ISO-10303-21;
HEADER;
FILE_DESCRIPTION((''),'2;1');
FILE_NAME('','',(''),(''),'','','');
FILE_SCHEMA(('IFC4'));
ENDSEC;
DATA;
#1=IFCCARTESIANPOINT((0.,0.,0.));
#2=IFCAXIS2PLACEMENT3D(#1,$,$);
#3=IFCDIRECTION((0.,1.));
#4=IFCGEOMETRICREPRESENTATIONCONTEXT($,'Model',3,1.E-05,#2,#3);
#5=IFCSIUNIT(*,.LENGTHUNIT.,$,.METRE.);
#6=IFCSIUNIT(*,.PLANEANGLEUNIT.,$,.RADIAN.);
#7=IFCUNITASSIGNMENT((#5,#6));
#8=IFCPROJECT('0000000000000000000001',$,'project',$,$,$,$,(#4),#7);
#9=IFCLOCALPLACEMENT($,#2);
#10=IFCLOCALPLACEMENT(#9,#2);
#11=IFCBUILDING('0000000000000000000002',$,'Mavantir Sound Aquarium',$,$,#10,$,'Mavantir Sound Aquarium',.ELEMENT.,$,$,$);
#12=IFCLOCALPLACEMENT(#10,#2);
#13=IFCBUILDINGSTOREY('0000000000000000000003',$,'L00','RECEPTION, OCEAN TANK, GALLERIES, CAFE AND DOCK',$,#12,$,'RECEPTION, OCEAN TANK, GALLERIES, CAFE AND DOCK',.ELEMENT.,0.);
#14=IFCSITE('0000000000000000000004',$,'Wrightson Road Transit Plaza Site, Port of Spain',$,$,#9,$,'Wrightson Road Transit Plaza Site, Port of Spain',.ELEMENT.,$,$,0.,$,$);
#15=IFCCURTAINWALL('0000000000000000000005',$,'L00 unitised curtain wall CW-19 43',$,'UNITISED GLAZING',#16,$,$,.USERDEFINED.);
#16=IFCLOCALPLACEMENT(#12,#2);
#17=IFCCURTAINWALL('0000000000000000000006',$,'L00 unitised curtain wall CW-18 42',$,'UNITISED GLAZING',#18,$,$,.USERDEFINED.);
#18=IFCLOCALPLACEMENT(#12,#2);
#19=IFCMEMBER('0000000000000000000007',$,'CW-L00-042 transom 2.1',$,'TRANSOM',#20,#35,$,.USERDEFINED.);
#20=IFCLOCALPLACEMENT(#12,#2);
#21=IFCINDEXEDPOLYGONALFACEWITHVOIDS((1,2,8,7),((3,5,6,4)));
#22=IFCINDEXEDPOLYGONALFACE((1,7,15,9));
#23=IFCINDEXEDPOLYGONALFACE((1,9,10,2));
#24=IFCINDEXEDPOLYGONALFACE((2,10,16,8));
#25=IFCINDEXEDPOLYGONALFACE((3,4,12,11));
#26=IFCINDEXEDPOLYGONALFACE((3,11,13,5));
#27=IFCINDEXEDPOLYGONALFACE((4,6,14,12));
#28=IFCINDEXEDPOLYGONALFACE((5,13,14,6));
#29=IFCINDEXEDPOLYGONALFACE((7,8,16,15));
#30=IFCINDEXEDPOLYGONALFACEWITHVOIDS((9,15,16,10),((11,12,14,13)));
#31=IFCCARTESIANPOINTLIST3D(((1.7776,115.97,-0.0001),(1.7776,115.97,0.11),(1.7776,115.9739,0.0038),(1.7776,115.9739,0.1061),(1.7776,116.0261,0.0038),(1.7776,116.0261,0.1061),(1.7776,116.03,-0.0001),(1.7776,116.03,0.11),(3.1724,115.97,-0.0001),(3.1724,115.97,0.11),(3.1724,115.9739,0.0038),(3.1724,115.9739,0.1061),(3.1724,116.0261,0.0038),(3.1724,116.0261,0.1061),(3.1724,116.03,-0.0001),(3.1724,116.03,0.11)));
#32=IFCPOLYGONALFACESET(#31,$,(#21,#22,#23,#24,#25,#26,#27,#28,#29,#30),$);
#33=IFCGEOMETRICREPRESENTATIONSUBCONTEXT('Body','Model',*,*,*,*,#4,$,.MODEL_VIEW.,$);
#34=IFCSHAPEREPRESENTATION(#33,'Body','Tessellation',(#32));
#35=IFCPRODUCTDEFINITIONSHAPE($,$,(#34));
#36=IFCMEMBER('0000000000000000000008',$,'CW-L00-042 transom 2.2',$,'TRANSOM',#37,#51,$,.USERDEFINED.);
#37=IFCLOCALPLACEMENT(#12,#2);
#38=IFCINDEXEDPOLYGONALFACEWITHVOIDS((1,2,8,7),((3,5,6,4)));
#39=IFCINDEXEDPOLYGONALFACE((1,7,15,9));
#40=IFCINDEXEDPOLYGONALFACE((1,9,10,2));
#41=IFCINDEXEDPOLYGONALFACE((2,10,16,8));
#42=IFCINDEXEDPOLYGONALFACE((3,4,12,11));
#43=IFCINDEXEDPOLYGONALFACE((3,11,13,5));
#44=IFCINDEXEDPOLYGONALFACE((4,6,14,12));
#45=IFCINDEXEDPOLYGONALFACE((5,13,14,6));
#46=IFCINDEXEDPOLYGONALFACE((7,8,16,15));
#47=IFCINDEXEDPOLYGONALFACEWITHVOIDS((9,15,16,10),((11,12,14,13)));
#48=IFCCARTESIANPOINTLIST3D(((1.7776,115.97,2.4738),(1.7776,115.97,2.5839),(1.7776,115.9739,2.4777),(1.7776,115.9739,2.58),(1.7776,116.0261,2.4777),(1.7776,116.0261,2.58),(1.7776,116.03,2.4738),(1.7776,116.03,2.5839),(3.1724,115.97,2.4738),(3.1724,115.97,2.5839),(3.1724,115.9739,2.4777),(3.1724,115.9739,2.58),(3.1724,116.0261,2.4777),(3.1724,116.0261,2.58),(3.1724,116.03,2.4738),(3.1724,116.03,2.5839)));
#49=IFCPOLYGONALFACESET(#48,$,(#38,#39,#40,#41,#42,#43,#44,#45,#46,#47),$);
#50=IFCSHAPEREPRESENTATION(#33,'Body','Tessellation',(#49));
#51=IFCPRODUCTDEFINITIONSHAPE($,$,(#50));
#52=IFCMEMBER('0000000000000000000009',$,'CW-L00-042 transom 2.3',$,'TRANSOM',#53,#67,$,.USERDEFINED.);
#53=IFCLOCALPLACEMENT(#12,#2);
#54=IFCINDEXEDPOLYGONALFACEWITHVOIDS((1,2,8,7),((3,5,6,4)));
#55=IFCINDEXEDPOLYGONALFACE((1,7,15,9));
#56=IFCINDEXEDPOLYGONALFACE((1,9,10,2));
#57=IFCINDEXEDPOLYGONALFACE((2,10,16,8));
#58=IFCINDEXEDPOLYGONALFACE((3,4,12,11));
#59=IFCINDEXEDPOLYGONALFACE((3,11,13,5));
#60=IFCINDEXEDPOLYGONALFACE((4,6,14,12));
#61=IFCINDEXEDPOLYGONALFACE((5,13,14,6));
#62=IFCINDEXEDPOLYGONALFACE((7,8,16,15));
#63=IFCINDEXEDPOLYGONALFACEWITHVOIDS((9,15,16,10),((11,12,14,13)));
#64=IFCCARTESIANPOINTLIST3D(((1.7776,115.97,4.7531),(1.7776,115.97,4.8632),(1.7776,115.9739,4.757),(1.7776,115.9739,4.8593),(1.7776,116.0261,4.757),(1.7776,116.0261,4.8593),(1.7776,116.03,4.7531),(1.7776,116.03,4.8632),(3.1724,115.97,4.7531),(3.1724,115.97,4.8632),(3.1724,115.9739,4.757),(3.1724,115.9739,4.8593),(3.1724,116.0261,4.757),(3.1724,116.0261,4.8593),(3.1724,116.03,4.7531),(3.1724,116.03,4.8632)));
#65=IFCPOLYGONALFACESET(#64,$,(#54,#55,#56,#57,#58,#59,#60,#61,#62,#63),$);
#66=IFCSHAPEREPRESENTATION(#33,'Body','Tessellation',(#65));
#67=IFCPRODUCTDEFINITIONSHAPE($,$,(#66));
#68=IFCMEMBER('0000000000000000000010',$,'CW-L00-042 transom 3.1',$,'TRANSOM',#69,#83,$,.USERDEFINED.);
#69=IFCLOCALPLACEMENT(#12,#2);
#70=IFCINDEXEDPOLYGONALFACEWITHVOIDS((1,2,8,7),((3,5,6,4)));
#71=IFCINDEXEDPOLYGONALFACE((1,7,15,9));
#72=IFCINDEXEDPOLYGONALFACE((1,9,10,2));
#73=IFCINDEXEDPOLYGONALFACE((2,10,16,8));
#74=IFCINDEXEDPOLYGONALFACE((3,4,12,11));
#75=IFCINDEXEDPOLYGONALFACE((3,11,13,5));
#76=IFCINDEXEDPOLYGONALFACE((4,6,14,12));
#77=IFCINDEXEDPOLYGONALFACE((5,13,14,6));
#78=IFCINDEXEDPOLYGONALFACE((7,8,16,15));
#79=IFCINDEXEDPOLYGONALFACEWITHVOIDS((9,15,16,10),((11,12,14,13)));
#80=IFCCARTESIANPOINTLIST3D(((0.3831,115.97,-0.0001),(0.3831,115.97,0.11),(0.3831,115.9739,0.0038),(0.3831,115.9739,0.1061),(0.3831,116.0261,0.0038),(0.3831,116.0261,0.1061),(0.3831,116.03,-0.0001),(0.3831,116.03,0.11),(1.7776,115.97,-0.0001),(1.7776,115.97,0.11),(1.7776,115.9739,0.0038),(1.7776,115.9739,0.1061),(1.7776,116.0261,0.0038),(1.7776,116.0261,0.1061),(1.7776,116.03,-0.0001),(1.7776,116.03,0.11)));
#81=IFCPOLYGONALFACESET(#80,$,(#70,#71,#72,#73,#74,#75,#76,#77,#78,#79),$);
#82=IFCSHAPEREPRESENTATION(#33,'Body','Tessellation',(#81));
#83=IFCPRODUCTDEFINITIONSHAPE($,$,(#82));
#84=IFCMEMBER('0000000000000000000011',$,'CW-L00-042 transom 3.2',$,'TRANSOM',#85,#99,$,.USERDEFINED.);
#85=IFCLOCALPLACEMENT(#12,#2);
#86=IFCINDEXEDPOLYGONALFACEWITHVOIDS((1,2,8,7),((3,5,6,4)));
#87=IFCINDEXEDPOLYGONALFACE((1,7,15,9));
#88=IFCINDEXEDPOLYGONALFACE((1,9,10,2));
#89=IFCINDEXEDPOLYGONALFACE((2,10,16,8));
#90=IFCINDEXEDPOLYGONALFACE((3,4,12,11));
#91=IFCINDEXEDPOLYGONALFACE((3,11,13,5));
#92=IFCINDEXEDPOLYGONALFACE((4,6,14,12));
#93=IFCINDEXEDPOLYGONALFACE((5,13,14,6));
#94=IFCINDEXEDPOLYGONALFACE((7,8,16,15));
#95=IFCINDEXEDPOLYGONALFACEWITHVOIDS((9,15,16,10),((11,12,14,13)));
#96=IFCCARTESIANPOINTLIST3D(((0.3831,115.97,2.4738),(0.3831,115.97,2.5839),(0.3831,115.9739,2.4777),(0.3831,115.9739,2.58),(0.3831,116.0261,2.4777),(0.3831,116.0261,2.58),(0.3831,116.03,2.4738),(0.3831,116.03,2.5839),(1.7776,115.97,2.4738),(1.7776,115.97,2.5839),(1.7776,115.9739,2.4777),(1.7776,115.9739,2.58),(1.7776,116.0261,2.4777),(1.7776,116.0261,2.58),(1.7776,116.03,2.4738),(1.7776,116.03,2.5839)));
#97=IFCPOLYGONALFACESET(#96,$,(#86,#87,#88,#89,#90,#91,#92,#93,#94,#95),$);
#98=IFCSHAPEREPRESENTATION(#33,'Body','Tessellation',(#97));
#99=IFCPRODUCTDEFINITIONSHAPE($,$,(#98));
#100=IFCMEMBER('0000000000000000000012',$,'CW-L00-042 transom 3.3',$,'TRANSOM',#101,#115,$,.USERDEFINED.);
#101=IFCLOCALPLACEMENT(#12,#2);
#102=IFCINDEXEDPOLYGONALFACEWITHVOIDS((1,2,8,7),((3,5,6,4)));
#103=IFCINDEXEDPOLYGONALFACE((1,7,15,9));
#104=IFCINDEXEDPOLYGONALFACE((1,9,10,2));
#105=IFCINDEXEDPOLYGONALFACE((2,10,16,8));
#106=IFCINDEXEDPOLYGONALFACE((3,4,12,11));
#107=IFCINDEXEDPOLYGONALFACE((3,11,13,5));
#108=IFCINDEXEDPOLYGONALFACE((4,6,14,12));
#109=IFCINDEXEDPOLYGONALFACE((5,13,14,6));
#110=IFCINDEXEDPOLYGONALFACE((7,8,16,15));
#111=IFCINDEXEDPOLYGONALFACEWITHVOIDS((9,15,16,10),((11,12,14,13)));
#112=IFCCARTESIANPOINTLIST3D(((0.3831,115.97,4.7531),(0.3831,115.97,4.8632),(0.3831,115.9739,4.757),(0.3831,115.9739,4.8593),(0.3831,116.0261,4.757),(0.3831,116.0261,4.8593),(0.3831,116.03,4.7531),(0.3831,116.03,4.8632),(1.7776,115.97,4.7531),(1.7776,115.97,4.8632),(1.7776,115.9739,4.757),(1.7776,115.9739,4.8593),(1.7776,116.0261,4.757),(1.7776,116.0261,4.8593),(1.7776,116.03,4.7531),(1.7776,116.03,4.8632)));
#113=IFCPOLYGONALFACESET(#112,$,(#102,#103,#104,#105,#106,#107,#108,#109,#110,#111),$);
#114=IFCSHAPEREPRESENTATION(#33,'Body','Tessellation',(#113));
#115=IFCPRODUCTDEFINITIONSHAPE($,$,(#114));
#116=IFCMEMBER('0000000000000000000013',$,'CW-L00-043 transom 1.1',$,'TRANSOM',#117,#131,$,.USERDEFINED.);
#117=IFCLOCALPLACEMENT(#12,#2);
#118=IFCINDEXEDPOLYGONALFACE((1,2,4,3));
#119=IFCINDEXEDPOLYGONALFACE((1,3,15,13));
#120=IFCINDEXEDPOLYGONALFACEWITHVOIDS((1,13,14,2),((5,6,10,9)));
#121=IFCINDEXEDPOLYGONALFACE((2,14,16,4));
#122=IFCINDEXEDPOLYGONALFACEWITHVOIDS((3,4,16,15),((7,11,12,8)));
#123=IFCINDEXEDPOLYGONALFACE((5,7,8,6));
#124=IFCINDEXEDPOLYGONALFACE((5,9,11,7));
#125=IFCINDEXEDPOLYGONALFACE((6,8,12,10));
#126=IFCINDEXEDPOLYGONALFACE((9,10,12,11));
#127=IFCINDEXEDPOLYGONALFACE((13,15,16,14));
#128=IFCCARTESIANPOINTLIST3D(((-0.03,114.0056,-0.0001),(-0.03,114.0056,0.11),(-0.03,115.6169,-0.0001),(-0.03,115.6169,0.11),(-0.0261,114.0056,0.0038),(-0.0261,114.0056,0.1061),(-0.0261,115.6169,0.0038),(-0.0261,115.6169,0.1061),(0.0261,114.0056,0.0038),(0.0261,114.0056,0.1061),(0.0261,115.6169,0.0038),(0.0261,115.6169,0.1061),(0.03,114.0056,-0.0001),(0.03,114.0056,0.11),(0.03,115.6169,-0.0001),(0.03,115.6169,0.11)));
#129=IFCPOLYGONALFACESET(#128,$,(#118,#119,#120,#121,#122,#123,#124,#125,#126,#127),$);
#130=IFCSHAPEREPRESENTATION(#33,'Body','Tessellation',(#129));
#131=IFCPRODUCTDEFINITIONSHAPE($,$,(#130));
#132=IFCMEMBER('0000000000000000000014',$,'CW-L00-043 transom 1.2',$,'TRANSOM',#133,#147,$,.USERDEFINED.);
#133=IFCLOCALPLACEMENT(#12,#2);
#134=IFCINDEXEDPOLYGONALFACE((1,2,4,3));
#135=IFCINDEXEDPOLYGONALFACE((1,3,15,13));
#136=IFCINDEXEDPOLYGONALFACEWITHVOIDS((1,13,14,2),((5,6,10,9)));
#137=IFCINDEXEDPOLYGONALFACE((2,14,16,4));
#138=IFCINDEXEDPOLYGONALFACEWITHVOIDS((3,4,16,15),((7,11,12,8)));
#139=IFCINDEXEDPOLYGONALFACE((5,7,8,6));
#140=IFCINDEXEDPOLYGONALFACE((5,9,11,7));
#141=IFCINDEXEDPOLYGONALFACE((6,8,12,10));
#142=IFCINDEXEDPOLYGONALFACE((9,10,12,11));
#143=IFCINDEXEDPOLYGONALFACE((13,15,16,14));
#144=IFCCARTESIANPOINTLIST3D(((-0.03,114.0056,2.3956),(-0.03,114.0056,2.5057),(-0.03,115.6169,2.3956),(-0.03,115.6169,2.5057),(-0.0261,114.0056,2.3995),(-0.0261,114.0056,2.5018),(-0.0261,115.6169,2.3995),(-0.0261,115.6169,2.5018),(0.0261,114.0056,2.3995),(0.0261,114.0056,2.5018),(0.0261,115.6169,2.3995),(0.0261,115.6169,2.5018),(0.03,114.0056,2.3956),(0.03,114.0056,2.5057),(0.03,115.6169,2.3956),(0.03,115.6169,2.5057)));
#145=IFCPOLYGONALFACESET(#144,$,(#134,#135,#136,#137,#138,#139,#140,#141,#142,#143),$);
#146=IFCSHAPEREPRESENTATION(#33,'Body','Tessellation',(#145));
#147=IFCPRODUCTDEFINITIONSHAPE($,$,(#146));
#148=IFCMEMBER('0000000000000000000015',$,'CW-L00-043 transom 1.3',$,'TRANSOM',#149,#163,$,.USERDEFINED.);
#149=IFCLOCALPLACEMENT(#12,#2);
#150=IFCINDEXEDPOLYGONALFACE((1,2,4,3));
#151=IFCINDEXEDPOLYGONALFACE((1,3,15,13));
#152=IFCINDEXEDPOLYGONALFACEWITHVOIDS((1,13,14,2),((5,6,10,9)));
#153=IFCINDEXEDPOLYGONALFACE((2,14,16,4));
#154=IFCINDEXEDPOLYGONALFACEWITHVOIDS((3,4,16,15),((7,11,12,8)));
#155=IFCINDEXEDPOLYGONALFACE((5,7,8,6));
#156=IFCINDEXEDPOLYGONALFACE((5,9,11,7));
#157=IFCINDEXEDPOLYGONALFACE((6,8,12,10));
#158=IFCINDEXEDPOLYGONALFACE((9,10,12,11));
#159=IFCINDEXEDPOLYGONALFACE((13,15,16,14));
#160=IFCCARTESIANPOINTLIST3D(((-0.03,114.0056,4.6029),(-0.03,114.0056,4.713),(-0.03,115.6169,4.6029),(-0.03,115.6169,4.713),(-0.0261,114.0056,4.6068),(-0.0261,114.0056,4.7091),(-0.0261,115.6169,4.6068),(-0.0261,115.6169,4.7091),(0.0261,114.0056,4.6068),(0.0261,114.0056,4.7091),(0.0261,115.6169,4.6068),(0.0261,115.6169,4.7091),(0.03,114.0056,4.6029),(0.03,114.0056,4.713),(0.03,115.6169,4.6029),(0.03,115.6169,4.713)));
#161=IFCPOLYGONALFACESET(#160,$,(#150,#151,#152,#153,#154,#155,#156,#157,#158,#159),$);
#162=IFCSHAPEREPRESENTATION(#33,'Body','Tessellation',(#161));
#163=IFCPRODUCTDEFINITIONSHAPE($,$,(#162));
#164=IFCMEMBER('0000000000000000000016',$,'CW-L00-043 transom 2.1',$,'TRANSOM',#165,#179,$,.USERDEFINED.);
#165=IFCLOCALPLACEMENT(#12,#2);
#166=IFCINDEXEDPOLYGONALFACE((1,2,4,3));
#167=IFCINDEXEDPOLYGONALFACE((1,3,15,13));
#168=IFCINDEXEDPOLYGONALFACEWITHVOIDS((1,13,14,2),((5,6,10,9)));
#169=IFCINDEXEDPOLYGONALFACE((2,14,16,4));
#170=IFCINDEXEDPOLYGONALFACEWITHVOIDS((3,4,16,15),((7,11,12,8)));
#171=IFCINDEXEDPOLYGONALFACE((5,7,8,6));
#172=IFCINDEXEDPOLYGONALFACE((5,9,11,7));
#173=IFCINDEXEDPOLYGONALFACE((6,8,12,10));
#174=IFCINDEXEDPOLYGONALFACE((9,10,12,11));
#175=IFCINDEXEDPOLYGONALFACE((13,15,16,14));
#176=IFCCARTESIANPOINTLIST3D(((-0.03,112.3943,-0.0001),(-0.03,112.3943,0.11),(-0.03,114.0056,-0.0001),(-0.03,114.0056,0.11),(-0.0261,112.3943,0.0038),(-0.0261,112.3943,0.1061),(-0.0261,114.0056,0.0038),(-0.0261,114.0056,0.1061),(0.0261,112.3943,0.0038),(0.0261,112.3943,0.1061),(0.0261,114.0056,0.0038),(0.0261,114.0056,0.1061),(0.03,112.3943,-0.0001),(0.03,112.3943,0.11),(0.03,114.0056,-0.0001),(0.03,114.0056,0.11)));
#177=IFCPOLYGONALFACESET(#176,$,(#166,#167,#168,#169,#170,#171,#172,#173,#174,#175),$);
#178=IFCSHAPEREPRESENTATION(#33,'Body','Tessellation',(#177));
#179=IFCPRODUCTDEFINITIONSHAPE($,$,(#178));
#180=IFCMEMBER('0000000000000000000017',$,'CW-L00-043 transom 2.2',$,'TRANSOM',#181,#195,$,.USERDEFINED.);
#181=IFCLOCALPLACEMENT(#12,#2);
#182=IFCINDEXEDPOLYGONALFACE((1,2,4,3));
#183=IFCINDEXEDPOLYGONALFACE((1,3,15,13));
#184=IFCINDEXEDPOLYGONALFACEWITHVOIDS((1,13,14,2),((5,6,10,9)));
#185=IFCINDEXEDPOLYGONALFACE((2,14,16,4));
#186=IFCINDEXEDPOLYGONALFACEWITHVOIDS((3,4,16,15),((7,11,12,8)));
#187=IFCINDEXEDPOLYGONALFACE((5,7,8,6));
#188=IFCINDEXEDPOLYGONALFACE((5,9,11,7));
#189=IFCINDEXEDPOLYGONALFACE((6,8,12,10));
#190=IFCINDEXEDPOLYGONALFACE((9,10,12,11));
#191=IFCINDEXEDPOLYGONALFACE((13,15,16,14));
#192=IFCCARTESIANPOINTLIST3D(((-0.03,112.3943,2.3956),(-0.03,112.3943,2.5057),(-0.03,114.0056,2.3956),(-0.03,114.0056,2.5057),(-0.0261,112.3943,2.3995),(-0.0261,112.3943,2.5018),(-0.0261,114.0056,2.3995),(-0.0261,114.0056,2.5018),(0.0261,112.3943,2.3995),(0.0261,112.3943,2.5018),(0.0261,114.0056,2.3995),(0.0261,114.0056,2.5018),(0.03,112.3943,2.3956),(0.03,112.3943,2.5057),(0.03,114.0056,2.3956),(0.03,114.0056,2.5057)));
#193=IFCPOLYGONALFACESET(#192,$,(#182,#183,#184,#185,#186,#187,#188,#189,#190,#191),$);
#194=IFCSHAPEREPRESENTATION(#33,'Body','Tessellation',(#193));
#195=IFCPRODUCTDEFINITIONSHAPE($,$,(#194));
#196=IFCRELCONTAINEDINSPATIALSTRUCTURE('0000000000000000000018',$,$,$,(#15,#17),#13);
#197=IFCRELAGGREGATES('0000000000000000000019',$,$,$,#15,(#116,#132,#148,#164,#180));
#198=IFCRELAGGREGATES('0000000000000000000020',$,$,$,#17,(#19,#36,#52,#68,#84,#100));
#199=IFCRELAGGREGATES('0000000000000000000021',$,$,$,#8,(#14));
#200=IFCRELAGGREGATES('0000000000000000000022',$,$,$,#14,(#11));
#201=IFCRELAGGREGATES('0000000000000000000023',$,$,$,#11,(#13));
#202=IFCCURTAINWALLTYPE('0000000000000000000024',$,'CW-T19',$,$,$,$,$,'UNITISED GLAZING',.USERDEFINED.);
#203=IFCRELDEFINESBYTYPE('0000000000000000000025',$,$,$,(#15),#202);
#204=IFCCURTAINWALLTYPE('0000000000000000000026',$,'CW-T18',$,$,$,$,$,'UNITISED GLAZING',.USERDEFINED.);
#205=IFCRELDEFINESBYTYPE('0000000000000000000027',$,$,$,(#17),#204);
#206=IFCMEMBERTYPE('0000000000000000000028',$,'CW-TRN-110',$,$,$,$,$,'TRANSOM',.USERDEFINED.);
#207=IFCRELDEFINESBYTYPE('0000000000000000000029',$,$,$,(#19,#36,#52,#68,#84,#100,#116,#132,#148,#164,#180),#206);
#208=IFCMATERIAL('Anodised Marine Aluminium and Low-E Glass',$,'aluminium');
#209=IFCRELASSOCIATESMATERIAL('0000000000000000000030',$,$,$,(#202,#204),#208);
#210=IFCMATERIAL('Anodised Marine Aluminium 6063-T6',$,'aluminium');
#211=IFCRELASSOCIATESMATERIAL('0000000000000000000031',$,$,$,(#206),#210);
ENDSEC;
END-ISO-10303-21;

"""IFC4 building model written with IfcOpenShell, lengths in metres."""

from ifc_helpers import new_model, si_unit, direction, frame, origin, origin_2d, place, context, subcontext, project, spatial, hollow_rectangle, extrude, material, material_profile, profile_set, type_object, element, aggregate, save


model = new_model("IFC4")

# Units and contexts
model_context = context("Model", 3, precision=1e-05, world=origin(), true_north=direction((0.0, 1.0)))
body_context = subcontext(model_context, "Body", "Model", "MODEL_VIEW")
ifc_project = project(units=[si_unit("LENGTHUNIT", "METRE"), si_unit("PLANEANGLEUNIT", "RADIAN")], contexts=[model_context])

# Site, building, storey
site_placement = place(None, origin())
site = spatial("IfcSite", under=ifc_project, at=site_placement, Name="Wrightson Road Transit Plaza Site, Port of Spain", LongName="Wrightson Road Transit Plaza Site, Port of Spain", CompositionType="ELEMENT", RefElevation=0.0)
building_placement = place(site_placement, origin())
building = spatial("IfcBuilding", under=site, at=building_placement, Name="Mavantir Sound Aquarium", LongName="Mavantir Sound Aquarium", CompositionType="ELEMENT")
storey_placement = place(building_placement, origin())
storey = spatial("IfcBuildingStorey", under=building, at=storey_placement, Name="L00", Description="RECEPTION, OCEAN TANK, GALLERIES, CAFE AND DOCK", LongName="RECEPTION, OCEAN TANK, GALLERIES, CAFE AND DOCK", CompositionType="ELEMENT", Elevation=0.0)

# Curtain wall
ifc_material_1 = material(Name="Anodised Marine Aluminium and Low-E Glass", Category="aluminium")
curtain_wall_type_1 = type_object("IfcCurtainWallType", Name="CW-T19", ElementType="UNITISED GLAZING", PredefinedType="USERDEFINED", material=ifc_material_1)
curtain_wall_1_placement = place(storey_placement, origin())
curtain_wall_1 = element("IfcCurtainWall", 1, at=curtain_wall_1_placement, inside=storey, type_object=curtain_wall_type_1, Name="L00 unitised curtain wall CW-19 43", ObjectType="UNITISED GLAZING", PredefinedType="USERDEFINED")
ifc_material_2 = material(Name="Anodised Marine Aluminium 6063-T6", Category="aluminium")

# Curtain wall, members
curtain_wall_type_2 = type_object("IfcCurtainWallType", Name="CW-T18", ElementType="UNITISED GLAZING", PredefinedType="USERDEFINED", material=ifc_material_1)
curtain_wall_2_placement = place(storey_placement, origin())
curtain_wall_2 = element("IfcCurtainWall", 2, at=curtain_wall_2_placement, inside=storey, type_object=curtain_wall_type_2, Name="L00 unitised curtain wall CW-18 42", ObjectType="UNITISED GLAZING", PredefinedType="USERDEFINED")
ifc_material_profile_1 = material_profile(ifc_material_2, hollow_rectangle(XDim=0.0601, YDim=0.1101, WallThickness=0.0039, at=origin_2d()), Name="ALU-TRANSOM-110X60")
ifc_profile_set_1 = profile_set([ifc_material_profile_1], Name="Anodised Marine Aluminium 6063-T6")
member_type_1 = type_object("IfcMemberType", Name="CW-TRN-110", ElementType="TRANSOM", PredefinedType="USERDEFINED", material=ifc_profile_set_1)
member_1_placement = place(storey_placement, frame((3.1724, 116.0, 0.0549), z_axis=(-1.0, 0.0, 0.0), x_axis=(0.0, -1.0, 0.0)))
member_1 = element("IfcMember", 3, at=member_1_placement, type_object=member_type_1, Name="CW-L00-042 transom 2.1", ObjectType="TRANSOM", PredefinedType="USERDEFINED", context=body_context, shape_type="SweptSolid", body=[
    extrude(hollow_rectangle(XDim=0.0601, YDim=0.1101, WallThickness=0.0039, at=origin_2d()), origin(), (0.0, 0.0, 1.0), 1.3948),
])
member_2_placement = place(storey_placement, frame((3.1724, 116.0, 2.5288), z_axis=(-1.0, 0.0, 0.0), x_axis=(0.0, -1.0, 0.0)))
member_2 = element("IfcMember", 4, at=member_2_placement, type_object=member_type_1, Name="CW-L00-042 transom 2.2", ObjectType="TRANSOM", PredefinedType="USERDEFINED", context=body_context, shape_type="SweptSolid", body=[
    extrude(hollow_rectangle(XDim=0.0601, YDim=0.1101, WallThickness=0.0039, at=origin_2d()), origin(), (0.0, 0.0, 1.0), 1.3948),
])
member_3_placement = place(storey_placement, frame((3.1724, 116.0, 4.8081), z_axis=(-1.0, 0.0, 0.0), x_axis=(0.0, -1.0, 0.0)))
member_3 = element("IfcMember", 5, at=member_3_placement, type_object=member_type_1, Name="CW-L00-042 transom 2.3", ObjectType="TRANSOM", PredefinedType="USERDEFINED", context=body_context, shape_type="SweptSolid", body=[
    extrude(hollow_rectangle(XDim=0.0601, YDim=0.1101, WallThickness=0.0039, at=origin_2d()), origin(), (0.0, 0.0, 1.0), 1.3948),
])
member_4_placement = place(storey_placement, frame((1.7776, 116.0, 0.0549), z_axis=(-1.0, 0.0, 0.0), x_axis=(0.0, -1.0, 0.0)))
member_4 = element("IfcMember", 6, at=member_4_placement, type_object=member_type_1, Name="CW-L00-042 transom 3.1", ObjectType="TRANSOM", PredefinedType="USERDEFINED", context=body_context, shape_type="SweptSolid", body=[
    extrude(hollow_rectangle(XDim=0.0601, YDim=0.1101, WallThickness=0.0039, at=origin_2d()), origin(), (0.0, 0.0, 1.0), 1.3945),
])
member_5_placement = place(storey_placement, frame((1.7776, 116.0, 2.5288), z_axis=(-1.0, 0.0, 0.0), x_axis=(0.0, -1.0, 0.0)))
member_5 = element("IfcMember", 7, at=member_5_placement, type_object=member_type_1, Name="CW-L00-042 transom 3.2", ObjectType="TRANSOM", PredefinedType="USERDEFINED", context=body_context, shape_type="SweptSolid", body=[
    extrude(hollow_rectangle(XDim=0.0601, YDim=0.1101, WallThickness=0.0039, at=origin_2d()), origin(), (0.0, 0.0, 1.0), 1.3945),
])
member_6_placement = place(storey_placement, frame((1.7776, 116.0, 4.8081), z_axis=(-1.0, 0.0, 0.0), x_axis=(0.0, -1.0, 0.0)))
member_6 = element("IfcMember", 8, at=member_6_placement, type_object=member_type_1, Name="CW-L00-042 transom 3.3", ObjectType="TRANSOM", PredefinedType="USERDEFINED", context=body_context, shape_type="SweptSolid", body=[
    extrude(hollow_rectangle(XDim=0.0601, YDim=0.1101, WallThickness=0.0039, at=origin_2d()), origin(), (0.0, 0.0, 1.0), 1.3945),
])

# Members
member_7_placement = place(storey_placement, frame((0.0, 115.6169, 0.0549), z_axis=(0.0, -1.0, 0.0), x_axis=(1.0, 0.0, 0.0)))
member_7 = element("IfcMember", 9, at=member_7_placement, type_object=member_type_1, Name="CW-L00-043 transom 1.1", ObjectType="TRANSOM", PredefinedType="USERDEFINED", context=body_context, shape_type="SweptSolid", body=[
    extrude(hollow_rectangle(XDim=0.0601, YDim=0.1101, WallThickness=0.0039, at=origin_2d()), origin(), (0.0, 0.0, 1.0), 1.6113),
])
member_8_placement = place(storey_placement, frame((0.0, 115.6169, 2.4507), z_axis=(0.0, -1.0, 0.0), x_axis=(1.0, 0.0, 0.0)))
member_8 = element("IfcMember", 10, at=member_8_placement, type_object=member_type_1, Name="CW-L00-043 transom 1.2", ObjectType="TRANSOM", PredefinedType="USERDEFINED", context=body_context, shape_type="SweptSolid", body=[
    extrude(hollow_rectangle(XDim=0.0601, YDim=0.1101, WallThickness=0.0039, at=origin_2d()), origin(), (0.0, 0.0, 1.0), 1.6113),
])
member_9_placement = place(storey_placement, frame((0.0, 115.6169, 4.658), z_axis=(0.0, -1.0, 0.0), x_axis=(1.0, 0.0, 0.0)))
member_9 = element("IfcMember", 11, at=member_9_placement, type_object=member_type_1, Name="CW-L00-043 transom 1.3", ObjectType="TRANSOM", PredefinedType="USERDEFINED", context=body_context, shape_type="SweptSolid", body=[
    extrude(hollow_rectangle(XDim=0.0601, YDim=0.1101, WallThickness=0.0039, at=origin_2d()), origin(), (0.0, 0.0, 1.0), 1.6113),
])
member_10_placement = place(storey_placement, frame((0.0, 114.0056, 0.0549), z_axis=(0.0, -1.0, 0.0), x_axis=(1.0, 0.0, 0.0)))
member_10 = element("IfcMember", 12, at=member_10_placement, type_object=member_type_1, Name="CW-L00-043 transom 2.1", ObjectType="TRANSOM", PredefinedType="USERDEFINED", context=body_context, shape_type="SweptSolid", body=[
    extrude(hollow_rectangle(XDim=0.0601, YDim=0.1101, WallThickness=0.0039, at=origin_2d()), origin(), (0.0, 0.0, 1.0), 1.6113),
])
member_11_placement = place(storey_placement, frame((0.0, 114.0056, 2.4507), z_axis=(0.0, -1.0, 0.0), x_axis=(1.0, 0.0, 0.0)))
member_11 = element("IfcMember", 13, at=member_11_placement, type_object=member_type_1, Name="CW-L00-043 transom 2.2", ObjectType="TRANSOM", PredefinedType="USERDEFINED", context=body_context, shape_type="SweptSolid", body=[
    extrude(hollow_rectangle(XDim=0.0601, YDim=0.1101, WallThickness=0.0039, at=origin_2d()), origin(), (0.0, 0.0, 1.0), 1.6113),
])

aggregate(curtain_wall_1, [member_7, member_8, member_9, member_10, member_11])
aggregate(curtain_wall_2, [member_1, member_2, member_3, member_4, member_5, member_6])

save(model, "model.ifc")
